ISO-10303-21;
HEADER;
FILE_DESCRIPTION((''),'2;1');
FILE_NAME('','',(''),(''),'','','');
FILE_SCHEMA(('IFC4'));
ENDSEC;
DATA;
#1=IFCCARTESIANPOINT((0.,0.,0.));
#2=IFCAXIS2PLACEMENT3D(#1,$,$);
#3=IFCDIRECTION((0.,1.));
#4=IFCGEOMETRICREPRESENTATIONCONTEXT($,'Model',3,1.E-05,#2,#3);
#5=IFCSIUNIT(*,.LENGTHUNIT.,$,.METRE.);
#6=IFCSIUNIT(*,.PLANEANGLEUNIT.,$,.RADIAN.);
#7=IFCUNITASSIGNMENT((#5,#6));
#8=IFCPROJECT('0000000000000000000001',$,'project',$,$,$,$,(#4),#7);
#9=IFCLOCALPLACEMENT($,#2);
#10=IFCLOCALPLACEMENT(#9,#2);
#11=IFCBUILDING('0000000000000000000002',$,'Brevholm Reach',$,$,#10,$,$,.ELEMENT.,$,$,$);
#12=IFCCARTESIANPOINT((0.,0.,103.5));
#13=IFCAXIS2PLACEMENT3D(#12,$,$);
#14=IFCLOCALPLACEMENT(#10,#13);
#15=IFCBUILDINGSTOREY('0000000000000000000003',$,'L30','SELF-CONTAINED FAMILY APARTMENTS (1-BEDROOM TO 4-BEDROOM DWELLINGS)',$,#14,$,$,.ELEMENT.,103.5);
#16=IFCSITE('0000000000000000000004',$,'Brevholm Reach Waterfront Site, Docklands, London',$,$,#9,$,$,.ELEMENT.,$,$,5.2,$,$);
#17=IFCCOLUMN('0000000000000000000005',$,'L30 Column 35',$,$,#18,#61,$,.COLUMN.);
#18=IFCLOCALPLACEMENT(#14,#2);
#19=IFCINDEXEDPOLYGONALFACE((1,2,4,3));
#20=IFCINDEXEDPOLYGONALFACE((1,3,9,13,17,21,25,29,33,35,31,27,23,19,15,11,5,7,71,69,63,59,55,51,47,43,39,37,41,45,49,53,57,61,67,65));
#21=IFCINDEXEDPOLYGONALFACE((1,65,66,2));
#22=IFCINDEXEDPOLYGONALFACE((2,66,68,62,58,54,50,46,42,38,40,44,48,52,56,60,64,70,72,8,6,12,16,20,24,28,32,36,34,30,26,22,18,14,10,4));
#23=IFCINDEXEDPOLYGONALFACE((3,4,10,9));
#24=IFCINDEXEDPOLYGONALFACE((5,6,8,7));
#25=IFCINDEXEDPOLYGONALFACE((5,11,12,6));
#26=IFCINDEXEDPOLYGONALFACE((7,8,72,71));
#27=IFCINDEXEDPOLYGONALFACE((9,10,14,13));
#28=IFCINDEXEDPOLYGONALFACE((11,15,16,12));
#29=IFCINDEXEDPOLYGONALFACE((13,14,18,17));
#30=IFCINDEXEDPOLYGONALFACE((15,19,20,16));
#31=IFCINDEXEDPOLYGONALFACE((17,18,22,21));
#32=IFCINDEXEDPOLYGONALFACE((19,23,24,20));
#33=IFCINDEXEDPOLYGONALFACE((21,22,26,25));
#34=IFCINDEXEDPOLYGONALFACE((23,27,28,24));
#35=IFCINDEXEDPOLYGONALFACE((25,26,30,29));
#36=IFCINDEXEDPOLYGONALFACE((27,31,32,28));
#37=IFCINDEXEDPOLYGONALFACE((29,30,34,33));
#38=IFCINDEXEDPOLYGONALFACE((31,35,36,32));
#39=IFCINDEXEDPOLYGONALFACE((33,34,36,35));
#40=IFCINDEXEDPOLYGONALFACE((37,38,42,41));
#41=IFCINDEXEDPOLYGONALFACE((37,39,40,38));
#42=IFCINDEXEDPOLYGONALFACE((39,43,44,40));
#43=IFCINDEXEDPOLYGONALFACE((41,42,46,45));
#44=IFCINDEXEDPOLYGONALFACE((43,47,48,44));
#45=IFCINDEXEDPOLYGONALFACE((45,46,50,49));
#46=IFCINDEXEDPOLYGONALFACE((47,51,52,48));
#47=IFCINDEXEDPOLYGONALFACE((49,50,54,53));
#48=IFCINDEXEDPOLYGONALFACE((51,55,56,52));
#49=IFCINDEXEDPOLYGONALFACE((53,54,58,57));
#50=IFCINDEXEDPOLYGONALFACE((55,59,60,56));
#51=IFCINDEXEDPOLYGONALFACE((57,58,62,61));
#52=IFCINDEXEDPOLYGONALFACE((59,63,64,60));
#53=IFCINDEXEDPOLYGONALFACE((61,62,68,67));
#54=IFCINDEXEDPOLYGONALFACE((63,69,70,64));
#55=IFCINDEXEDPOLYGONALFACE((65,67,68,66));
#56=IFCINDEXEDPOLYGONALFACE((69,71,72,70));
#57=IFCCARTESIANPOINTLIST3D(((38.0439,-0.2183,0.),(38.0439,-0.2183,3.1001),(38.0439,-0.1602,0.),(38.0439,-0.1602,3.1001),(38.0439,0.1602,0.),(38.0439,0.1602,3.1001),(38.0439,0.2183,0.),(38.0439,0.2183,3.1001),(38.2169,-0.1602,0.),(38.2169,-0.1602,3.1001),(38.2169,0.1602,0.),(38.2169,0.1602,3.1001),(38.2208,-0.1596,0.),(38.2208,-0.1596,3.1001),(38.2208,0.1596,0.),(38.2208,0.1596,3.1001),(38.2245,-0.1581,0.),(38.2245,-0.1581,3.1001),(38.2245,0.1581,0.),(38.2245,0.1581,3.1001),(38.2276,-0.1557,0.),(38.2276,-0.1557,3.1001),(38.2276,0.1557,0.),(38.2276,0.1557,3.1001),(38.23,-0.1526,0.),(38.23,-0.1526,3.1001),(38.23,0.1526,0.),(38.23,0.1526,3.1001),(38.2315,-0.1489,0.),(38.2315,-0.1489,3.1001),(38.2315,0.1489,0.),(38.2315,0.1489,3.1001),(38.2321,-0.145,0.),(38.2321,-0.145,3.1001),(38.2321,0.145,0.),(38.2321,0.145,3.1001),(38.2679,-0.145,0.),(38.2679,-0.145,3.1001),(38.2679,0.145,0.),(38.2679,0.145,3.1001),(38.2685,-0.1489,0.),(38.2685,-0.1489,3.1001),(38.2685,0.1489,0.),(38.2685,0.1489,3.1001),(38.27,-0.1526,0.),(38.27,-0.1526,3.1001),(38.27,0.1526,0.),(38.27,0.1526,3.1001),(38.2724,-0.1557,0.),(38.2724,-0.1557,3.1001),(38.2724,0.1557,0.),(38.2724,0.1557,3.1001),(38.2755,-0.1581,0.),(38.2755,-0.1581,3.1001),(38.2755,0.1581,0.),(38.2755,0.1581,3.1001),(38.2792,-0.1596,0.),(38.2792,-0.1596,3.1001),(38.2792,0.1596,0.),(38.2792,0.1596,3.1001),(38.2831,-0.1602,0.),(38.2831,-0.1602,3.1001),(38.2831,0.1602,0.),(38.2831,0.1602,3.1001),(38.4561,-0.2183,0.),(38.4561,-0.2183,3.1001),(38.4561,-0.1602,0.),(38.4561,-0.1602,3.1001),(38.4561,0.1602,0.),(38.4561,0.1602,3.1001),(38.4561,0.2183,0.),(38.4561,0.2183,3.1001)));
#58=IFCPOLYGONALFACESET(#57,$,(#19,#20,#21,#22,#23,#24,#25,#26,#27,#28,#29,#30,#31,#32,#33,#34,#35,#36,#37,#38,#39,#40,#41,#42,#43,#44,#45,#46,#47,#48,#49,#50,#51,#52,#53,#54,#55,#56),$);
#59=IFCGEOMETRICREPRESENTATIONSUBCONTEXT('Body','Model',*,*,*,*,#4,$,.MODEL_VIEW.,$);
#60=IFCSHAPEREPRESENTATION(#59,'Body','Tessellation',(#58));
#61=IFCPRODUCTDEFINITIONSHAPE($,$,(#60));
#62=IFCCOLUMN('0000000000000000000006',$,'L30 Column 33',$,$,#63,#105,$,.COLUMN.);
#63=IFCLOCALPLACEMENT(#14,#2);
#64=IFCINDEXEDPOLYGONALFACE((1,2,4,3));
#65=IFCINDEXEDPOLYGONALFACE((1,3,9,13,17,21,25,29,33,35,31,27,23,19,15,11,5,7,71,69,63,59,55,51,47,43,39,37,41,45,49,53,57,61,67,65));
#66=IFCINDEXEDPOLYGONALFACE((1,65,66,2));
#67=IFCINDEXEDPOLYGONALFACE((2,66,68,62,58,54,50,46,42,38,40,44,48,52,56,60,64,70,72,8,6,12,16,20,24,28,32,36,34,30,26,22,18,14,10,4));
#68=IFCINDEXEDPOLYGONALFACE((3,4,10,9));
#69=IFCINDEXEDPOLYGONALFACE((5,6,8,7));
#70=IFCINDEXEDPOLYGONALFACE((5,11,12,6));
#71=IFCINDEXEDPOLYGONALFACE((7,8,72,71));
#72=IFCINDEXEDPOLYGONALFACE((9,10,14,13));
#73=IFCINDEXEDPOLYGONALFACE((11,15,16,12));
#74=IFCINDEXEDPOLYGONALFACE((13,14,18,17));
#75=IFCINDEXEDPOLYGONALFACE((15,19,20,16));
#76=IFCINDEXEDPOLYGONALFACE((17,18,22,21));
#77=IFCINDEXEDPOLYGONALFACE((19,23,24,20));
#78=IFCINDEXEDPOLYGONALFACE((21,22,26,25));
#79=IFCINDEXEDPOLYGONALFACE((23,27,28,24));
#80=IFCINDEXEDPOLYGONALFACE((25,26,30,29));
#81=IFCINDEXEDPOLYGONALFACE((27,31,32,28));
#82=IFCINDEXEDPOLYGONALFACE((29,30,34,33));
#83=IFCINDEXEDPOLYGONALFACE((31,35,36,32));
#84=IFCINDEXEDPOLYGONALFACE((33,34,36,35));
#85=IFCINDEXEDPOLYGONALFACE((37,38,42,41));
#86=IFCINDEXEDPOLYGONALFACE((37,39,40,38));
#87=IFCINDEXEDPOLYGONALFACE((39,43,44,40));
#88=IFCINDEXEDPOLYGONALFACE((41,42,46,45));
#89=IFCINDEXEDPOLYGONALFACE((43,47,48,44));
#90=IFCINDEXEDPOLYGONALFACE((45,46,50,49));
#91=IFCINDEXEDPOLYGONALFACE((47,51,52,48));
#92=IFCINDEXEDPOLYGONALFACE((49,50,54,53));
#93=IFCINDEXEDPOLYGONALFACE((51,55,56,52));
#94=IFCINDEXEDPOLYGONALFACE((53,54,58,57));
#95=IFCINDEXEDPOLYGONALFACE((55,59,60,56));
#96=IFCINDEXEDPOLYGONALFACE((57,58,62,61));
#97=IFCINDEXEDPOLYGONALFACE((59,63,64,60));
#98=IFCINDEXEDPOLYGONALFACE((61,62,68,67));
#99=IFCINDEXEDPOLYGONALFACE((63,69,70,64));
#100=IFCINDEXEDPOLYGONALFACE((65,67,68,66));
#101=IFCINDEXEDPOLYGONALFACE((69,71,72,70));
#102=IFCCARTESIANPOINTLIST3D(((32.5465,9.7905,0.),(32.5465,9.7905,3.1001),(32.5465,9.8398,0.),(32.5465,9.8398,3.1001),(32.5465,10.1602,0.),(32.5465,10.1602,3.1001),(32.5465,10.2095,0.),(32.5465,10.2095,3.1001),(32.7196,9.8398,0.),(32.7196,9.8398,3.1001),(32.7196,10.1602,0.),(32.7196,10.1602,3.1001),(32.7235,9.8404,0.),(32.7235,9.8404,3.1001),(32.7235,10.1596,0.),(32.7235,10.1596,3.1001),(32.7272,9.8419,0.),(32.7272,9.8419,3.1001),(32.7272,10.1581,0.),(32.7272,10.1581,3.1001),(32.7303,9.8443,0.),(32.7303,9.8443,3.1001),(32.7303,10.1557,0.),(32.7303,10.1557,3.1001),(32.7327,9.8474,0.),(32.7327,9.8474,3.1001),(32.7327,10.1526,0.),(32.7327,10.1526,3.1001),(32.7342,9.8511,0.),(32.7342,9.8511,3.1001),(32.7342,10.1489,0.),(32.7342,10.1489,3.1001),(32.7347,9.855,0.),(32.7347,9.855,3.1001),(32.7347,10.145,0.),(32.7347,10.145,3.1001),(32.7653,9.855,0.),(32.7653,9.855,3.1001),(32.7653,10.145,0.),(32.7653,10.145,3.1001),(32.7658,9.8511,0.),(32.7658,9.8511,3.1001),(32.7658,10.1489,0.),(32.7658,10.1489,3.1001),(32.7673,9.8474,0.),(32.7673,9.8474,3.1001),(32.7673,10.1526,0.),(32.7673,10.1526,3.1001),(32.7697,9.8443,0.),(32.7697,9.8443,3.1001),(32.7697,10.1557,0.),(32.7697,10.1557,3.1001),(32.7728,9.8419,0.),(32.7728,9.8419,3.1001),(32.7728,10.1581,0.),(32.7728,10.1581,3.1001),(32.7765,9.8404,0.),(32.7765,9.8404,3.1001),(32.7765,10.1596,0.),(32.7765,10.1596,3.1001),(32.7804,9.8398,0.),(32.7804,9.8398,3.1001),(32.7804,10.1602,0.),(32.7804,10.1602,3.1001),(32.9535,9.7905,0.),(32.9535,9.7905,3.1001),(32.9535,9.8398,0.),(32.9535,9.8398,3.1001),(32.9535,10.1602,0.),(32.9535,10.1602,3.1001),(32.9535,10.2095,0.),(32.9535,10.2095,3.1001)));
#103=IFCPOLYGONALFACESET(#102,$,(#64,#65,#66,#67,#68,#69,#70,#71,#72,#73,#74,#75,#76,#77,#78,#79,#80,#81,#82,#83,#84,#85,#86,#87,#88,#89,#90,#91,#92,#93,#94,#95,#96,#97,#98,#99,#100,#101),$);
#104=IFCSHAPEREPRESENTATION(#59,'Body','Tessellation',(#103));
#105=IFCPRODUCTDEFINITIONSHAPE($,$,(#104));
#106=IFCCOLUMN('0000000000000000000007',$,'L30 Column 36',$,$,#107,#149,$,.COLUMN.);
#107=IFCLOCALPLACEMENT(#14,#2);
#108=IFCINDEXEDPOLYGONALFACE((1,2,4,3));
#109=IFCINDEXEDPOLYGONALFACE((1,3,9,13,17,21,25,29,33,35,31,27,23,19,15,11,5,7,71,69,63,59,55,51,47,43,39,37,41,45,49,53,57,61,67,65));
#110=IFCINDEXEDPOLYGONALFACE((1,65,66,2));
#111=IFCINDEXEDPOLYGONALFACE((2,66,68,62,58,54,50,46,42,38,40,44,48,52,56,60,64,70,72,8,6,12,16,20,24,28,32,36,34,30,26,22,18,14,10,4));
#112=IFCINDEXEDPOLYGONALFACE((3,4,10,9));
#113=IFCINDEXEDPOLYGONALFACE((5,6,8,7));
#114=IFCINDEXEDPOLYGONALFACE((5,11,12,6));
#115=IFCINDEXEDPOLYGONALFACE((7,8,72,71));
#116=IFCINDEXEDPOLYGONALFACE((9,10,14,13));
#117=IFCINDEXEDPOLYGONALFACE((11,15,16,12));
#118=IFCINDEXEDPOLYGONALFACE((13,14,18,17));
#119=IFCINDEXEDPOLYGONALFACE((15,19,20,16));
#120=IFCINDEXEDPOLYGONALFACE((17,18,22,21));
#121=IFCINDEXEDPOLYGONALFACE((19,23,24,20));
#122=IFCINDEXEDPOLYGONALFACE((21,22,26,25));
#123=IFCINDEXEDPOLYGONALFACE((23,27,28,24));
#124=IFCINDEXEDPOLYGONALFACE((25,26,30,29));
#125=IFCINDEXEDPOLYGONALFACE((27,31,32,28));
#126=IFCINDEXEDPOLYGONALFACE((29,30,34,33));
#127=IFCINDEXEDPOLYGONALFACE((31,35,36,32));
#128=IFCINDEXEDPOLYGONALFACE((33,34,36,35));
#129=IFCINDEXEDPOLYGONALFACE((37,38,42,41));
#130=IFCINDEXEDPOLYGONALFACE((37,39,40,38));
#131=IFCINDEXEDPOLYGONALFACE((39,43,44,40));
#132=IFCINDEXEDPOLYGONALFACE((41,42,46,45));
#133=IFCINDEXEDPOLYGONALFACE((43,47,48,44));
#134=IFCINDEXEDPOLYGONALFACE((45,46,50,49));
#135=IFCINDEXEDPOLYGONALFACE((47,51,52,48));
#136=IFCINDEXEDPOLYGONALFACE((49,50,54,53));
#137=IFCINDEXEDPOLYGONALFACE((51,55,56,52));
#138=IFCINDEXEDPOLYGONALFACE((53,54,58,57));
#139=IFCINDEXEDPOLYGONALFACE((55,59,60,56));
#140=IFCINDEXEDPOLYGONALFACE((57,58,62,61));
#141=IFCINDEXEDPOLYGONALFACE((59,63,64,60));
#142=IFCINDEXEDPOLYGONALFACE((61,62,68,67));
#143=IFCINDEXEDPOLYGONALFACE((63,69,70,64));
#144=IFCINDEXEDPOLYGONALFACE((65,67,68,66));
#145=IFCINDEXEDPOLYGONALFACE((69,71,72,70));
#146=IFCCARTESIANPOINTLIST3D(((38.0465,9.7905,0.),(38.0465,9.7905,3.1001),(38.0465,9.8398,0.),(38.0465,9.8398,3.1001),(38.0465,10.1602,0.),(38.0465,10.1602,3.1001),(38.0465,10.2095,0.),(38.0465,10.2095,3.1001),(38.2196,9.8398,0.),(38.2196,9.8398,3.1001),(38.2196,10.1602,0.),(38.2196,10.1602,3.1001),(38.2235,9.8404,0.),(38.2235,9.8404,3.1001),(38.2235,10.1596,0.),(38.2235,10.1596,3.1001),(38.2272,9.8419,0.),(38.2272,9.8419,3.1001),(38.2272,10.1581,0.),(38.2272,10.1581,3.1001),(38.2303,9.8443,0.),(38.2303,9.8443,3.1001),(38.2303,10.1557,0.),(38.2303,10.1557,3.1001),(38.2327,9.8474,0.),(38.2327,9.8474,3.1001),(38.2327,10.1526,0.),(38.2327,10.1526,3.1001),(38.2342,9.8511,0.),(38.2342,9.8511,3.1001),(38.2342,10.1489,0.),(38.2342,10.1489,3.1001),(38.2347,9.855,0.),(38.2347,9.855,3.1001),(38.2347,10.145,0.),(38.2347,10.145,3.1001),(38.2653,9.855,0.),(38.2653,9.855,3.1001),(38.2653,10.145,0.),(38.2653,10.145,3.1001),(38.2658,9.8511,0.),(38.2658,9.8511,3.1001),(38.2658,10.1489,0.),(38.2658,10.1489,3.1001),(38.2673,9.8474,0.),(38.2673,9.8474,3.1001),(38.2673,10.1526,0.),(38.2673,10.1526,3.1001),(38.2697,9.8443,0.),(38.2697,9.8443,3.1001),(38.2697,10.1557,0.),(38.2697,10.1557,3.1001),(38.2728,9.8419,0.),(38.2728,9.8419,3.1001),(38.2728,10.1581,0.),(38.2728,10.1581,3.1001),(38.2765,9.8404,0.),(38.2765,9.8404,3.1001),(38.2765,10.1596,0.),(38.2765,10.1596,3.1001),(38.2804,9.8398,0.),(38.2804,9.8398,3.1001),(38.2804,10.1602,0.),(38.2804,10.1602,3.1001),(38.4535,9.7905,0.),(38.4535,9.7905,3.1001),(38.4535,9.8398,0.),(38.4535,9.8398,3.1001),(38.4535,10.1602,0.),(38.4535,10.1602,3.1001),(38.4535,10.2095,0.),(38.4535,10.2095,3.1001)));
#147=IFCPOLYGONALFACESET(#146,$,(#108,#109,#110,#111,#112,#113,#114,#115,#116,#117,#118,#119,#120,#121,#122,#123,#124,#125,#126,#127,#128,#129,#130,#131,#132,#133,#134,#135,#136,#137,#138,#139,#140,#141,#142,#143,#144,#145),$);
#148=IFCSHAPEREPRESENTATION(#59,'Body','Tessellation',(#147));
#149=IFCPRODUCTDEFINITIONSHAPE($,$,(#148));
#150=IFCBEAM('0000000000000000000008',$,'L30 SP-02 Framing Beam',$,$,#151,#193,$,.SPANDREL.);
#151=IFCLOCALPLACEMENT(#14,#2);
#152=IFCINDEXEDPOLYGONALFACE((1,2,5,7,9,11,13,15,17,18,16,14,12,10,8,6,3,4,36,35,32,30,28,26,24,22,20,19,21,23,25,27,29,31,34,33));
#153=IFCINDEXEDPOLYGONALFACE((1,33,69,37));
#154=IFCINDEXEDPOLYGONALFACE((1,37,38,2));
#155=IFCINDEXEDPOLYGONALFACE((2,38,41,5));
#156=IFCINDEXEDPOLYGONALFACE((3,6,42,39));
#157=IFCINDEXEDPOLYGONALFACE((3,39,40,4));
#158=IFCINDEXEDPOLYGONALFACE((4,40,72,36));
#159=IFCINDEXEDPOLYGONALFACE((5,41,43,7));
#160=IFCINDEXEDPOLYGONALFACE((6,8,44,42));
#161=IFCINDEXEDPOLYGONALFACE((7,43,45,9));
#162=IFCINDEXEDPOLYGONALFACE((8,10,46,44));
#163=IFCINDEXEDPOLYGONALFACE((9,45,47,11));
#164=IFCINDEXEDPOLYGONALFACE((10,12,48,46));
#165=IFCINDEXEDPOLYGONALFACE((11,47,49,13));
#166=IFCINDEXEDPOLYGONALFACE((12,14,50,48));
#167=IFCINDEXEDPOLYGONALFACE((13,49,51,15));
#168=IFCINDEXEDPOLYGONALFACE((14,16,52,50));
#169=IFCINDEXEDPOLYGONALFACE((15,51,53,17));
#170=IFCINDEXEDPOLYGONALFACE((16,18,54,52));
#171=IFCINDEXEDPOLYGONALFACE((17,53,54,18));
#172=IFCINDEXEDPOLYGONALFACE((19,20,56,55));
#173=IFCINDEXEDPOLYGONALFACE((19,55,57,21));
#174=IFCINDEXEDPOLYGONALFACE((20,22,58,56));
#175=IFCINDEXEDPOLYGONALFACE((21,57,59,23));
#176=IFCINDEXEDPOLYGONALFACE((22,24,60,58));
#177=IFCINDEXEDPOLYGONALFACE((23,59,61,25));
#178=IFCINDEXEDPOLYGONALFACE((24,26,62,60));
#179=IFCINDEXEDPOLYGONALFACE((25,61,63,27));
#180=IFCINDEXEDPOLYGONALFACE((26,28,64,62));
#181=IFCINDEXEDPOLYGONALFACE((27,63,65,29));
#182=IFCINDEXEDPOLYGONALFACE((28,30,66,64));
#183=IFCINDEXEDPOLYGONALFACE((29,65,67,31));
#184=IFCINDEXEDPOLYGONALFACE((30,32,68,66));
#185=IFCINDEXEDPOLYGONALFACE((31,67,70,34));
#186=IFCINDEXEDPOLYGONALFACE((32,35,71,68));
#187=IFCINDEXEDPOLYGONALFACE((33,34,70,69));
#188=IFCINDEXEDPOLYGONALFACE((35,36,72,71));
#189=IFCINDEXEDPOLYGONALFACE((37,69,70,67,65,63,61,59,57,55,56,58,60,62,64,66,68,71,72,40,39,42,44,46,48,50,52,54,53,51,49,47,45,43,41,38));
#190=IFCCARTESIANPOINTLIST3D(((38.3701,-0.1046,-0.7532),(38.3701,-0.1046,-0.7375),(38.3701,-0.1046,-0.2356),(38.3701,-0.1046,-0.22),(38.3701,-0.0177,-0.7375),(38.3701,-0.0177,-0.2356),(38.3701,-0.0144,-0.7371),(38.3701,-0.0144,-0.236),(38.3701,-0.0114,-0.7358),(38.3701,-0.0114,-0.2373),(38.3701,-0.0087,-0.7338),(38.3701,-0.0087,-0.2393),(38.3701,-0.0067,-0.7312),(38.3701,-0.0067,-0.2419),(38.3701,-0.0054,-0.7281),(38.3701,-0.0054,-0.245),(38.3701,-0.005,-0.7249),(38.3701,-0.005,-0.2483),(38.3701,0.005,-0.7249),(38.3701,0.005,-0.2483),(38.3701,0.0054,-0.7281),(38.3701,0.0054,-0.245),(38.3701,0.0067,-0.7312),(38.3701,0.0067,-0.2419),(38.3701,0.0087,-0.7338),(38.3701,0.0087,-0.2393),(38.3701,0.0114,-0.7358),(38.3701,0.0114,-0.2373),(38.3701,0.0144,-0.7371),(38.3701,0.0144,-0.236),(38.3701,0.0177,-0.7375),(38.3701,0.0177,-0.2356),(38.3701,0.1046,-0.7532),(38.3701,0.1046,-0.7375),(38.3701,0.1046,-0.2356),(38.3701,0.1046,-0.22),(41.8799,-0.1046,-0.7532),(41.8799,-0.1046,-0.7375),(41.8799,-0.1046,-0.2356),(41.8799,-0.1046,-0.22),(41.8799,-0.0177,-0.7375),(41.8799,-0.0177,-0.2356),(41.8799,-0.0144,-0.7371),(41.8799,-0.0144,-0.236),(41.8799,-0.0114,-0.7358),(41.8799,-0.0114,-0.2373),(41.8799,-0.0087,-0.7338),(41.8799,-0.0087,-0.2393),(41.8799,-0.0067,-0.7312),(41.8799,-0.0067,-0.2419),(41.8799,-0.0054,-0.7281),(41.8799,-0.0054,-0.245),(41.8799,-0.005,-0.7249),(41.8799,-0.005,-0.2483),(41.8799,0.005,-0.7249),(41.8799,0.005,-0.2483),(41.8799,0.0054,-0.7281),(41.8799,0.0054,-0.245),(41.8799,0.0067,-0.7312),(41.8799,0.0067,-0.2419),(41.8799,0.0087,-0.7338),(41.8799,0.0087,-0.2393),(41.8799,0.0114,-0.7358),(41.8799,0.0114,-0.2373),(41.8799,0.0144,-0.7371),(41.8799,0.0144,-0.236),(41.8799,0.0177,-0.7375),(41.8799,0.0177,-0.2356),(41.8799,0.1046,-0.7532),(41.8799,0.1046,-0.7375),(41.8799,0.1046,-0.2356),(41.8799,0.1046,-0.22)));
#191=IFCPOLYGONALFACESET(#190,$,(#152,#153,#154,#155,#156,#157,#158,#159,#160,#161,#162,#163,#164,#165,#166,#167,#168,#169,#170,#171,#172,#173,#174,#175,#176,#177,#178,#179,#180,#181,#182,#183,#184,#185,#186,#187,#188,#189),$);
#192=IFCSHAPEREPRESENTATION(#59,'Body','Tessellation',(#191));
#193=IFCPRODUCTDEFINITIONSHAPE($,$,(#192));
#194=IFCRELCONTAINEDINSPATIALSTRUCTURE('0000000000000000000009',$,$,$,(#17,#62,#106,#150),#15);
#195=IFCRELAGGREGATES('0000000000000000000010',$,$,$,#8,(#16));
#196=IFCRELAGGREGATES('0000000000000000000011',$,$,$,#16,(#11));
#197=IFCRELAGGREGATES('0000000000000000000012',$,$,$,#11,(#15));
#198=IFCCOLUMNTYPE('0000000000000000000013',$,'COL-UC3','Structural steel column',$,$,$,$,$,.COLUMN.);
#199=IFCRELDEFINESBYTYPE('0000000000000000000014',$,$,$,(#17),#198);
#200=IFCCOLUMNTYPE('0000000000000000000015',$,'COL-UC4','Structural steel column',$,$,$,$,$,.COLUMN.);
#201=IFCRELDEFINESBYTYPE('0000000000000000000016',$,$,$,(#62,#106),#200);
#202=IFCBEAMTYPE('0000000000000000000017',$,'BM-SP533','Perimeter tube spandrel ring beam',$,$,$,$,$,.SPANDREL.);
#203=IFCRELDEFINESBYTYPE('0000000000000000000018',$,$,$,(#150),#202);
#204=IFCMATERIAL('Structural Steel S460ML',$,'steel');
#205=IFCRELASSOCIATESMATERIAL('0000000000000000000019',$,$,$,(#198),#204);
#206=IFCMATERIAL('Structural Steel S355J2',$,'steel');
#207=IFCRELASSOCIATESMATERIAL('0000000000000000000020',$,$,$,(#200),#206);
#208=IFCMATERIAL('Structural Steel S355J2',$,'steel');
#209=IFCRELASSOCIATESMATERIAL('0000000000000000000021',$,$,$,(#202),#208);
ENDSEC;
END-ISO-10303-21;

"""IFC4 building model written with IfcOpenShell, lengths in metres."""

from ifc_helpers import new_model, si_unit, direction, frame, origin, origin_2d, place, context, subcontext, project, spatial, i_section, extrude, material, material_profile, profile_set, type_object, element, save


model = new_model("IFC4")

# Units and contexts
model_context = context("Model", 3, precision=1e-05, world=origin(), true_north=direction((0.0, 1.0)))
body_context = subcontext(model_context, "Body", "Model", "MODEL_VIEW")
ifc_project = project(units=[si_unit("LENGTHUNIT", "METRE"), si_unit("PLANEANGLEUNIT", "RADIAN")], contexts=[model_context])

# Site, building, storey
site_placement = place(None, origin())
site = spatial("IfcSite", under=ifc_project, at=site_placement, Name="Brevholm Reach Waterfront Site, Docklands, London", CompositionType="ELEMENT", RefElevation=5.2)
building_placement = place(site_placement, origin())
building = spatial("IfcBuilding", under=site, at=building_placement, Name="Brevholm Reach", CompositionType="ELEMENT")
storey_placement = place(building_placement, frame((0.0, 0.0, 103.5)))
storey = spatial("IfcBuildingStorey", under=building, at=storey_placement, Name="L30", Description="SELF-CONTAINED FAMILY APARTMENTS (1-BEDROOM TO 4-BEDROOM DWELLINGS)", CompositionType="ELEMENT", Elevation=103.5)

# Columns
ifc_material_1 = material(Name="Structural Steel S460ML", Category="steel")
ifc_material_profile_1 = material_profile(ifc_material_1, i_section(OverallWidth=0.4121, OverallDepth=0.4365, WebThickness=0.0359, FlangeThickness=0.0581, FilletRadius=0.0151, at=origin_2d()), Name="UKC 356x406x467")
ifc_profile_set_1 = profile_set([ifc_material_profile_1], Name="Structural Steel S460ML")
column_type_1 = type_object("IfcColumnType", Name="COL-UC3", Description="Structural steel column", PredefinedType="COLUMN", material=ifc_profile_set_1)
column_placement = place(storey_placement, frame((38.25, 0.0, 0.0), z_axis=(0.0, 0.0, 1.0), x_axis=(1.0, 0.0, 0.0)))
element("IfcColumn", 1, at=column_placement, inside=storey, type_object=column_type_1, Name="L30 Column 35", PredefinedType="COLUMN", context=body_context, shape_type="SweptSolid", body=[
    extrude(i_section(OverallWidth=0.4121, OverallDepth=0.4365, WebThickness=0.0359, FlangeThickness=0.0581, FilletRadius=0.0151, at=origin_2d()), origin(), (0.0, 0.0, 1.0), 3.1001),
])
ifc_material_2 = material(Name="Structural Steel S355J2", Category="steel")
ifc_material_profile_2 = material_profile(ifc_material_2, i_section(OverallWidth=0.407, OverallDepth=0.4189, WebThickness=0.0305, FlangeThickness=0.0493, FilletRadius=0.0151, at=origin_2d()), Name="UKC 356x406x393")
ifc_profile_set_2 = profile_set([ifc_material_profile_2], Name="Structural Steel S355J2")
column_type_2 = type_object("IfcColumnType", Name="COL-UC4", Description="Structural steel column", PredefinedType="COLUMN", material=ifc_profile_set_2)
for number, where, z_axis, x_axis, name in (
    (2, (32.75, 10.0, 0.0), (0.0, 0.0, 1.0), (1.0, 0.0, 0.0), "L30 Column 33"),
    (3, (38.25, 10.0, 0.0), (0.0, 0.0, 1.0), (1.0, 0.0, 0.0), "L30 Column 36"),
):
    element("IfcColumn", number, at=place(storey_placement, frame(where, z_axis=z_axis, x_axis=x_axis)), inside=storey, type_object=column_type_2, Name=name, PredefinedType="COLUMN", context=body_context, shape_type="SweptSolid", body=[
        extrude(i_section(OverallWidth=0.407, OverallDepth=0.4189, WebThickness=0.0305, FlangeThickness=0.0493, FilletRadius=0.0151, at=origin_2d()), origin(), (0.0, 0.0, 1.0), 3.1001),
    ])

# Beam
ifc_material_3 = material(Name="Structural Steel S355J2", Category="steel")
ifc_material_profile_3 = material_profile(ifc_material_3, i_section(OverallWidth=0.2092, OverallDepth=0.5332, WebThickness=0.01, FlangeThickness=0.0156, FilletRadius=0.0127, at=origin_2d()), Name="UKB 533x210x92")
ifc_profile_set_3 = profile_set([ifc_material_profile_3], Name="Structural Steel S355J2")
beam_type_1 = type_object("IfcBeamType", Name="BM-SP533", Description="Perimeter tube spandrel ring beam", PredefinedType="SPANDREL", material=ifc_profile_set_3)
beam_1_placement = place(storey_placement, frame((38.3701, 0.0, -0.4866), z_axis=(1.0, 0.0, 0.0), x_axis=(0.0, 1.0, 0.0)))
element("IfcBeam", 4, at=beam_1_placement, inside=storey, type_object=beam_type_1, Name="L30 SP-02 Framing Beam", PredefinedType="SPANDREL", context=body_context, shape_type="SweptSolid", body=[
    extrude(i_section(OverallWidth=0.2092, OverallDepth=0.5332, WebThickness=0.01, FlangeThickness=0.0156, FilletRadius=0.0127, at=origin_2d()), origin(), (0.0, 0.0, 1.0), 3.5098),
])

save(model, "model.ifc")
